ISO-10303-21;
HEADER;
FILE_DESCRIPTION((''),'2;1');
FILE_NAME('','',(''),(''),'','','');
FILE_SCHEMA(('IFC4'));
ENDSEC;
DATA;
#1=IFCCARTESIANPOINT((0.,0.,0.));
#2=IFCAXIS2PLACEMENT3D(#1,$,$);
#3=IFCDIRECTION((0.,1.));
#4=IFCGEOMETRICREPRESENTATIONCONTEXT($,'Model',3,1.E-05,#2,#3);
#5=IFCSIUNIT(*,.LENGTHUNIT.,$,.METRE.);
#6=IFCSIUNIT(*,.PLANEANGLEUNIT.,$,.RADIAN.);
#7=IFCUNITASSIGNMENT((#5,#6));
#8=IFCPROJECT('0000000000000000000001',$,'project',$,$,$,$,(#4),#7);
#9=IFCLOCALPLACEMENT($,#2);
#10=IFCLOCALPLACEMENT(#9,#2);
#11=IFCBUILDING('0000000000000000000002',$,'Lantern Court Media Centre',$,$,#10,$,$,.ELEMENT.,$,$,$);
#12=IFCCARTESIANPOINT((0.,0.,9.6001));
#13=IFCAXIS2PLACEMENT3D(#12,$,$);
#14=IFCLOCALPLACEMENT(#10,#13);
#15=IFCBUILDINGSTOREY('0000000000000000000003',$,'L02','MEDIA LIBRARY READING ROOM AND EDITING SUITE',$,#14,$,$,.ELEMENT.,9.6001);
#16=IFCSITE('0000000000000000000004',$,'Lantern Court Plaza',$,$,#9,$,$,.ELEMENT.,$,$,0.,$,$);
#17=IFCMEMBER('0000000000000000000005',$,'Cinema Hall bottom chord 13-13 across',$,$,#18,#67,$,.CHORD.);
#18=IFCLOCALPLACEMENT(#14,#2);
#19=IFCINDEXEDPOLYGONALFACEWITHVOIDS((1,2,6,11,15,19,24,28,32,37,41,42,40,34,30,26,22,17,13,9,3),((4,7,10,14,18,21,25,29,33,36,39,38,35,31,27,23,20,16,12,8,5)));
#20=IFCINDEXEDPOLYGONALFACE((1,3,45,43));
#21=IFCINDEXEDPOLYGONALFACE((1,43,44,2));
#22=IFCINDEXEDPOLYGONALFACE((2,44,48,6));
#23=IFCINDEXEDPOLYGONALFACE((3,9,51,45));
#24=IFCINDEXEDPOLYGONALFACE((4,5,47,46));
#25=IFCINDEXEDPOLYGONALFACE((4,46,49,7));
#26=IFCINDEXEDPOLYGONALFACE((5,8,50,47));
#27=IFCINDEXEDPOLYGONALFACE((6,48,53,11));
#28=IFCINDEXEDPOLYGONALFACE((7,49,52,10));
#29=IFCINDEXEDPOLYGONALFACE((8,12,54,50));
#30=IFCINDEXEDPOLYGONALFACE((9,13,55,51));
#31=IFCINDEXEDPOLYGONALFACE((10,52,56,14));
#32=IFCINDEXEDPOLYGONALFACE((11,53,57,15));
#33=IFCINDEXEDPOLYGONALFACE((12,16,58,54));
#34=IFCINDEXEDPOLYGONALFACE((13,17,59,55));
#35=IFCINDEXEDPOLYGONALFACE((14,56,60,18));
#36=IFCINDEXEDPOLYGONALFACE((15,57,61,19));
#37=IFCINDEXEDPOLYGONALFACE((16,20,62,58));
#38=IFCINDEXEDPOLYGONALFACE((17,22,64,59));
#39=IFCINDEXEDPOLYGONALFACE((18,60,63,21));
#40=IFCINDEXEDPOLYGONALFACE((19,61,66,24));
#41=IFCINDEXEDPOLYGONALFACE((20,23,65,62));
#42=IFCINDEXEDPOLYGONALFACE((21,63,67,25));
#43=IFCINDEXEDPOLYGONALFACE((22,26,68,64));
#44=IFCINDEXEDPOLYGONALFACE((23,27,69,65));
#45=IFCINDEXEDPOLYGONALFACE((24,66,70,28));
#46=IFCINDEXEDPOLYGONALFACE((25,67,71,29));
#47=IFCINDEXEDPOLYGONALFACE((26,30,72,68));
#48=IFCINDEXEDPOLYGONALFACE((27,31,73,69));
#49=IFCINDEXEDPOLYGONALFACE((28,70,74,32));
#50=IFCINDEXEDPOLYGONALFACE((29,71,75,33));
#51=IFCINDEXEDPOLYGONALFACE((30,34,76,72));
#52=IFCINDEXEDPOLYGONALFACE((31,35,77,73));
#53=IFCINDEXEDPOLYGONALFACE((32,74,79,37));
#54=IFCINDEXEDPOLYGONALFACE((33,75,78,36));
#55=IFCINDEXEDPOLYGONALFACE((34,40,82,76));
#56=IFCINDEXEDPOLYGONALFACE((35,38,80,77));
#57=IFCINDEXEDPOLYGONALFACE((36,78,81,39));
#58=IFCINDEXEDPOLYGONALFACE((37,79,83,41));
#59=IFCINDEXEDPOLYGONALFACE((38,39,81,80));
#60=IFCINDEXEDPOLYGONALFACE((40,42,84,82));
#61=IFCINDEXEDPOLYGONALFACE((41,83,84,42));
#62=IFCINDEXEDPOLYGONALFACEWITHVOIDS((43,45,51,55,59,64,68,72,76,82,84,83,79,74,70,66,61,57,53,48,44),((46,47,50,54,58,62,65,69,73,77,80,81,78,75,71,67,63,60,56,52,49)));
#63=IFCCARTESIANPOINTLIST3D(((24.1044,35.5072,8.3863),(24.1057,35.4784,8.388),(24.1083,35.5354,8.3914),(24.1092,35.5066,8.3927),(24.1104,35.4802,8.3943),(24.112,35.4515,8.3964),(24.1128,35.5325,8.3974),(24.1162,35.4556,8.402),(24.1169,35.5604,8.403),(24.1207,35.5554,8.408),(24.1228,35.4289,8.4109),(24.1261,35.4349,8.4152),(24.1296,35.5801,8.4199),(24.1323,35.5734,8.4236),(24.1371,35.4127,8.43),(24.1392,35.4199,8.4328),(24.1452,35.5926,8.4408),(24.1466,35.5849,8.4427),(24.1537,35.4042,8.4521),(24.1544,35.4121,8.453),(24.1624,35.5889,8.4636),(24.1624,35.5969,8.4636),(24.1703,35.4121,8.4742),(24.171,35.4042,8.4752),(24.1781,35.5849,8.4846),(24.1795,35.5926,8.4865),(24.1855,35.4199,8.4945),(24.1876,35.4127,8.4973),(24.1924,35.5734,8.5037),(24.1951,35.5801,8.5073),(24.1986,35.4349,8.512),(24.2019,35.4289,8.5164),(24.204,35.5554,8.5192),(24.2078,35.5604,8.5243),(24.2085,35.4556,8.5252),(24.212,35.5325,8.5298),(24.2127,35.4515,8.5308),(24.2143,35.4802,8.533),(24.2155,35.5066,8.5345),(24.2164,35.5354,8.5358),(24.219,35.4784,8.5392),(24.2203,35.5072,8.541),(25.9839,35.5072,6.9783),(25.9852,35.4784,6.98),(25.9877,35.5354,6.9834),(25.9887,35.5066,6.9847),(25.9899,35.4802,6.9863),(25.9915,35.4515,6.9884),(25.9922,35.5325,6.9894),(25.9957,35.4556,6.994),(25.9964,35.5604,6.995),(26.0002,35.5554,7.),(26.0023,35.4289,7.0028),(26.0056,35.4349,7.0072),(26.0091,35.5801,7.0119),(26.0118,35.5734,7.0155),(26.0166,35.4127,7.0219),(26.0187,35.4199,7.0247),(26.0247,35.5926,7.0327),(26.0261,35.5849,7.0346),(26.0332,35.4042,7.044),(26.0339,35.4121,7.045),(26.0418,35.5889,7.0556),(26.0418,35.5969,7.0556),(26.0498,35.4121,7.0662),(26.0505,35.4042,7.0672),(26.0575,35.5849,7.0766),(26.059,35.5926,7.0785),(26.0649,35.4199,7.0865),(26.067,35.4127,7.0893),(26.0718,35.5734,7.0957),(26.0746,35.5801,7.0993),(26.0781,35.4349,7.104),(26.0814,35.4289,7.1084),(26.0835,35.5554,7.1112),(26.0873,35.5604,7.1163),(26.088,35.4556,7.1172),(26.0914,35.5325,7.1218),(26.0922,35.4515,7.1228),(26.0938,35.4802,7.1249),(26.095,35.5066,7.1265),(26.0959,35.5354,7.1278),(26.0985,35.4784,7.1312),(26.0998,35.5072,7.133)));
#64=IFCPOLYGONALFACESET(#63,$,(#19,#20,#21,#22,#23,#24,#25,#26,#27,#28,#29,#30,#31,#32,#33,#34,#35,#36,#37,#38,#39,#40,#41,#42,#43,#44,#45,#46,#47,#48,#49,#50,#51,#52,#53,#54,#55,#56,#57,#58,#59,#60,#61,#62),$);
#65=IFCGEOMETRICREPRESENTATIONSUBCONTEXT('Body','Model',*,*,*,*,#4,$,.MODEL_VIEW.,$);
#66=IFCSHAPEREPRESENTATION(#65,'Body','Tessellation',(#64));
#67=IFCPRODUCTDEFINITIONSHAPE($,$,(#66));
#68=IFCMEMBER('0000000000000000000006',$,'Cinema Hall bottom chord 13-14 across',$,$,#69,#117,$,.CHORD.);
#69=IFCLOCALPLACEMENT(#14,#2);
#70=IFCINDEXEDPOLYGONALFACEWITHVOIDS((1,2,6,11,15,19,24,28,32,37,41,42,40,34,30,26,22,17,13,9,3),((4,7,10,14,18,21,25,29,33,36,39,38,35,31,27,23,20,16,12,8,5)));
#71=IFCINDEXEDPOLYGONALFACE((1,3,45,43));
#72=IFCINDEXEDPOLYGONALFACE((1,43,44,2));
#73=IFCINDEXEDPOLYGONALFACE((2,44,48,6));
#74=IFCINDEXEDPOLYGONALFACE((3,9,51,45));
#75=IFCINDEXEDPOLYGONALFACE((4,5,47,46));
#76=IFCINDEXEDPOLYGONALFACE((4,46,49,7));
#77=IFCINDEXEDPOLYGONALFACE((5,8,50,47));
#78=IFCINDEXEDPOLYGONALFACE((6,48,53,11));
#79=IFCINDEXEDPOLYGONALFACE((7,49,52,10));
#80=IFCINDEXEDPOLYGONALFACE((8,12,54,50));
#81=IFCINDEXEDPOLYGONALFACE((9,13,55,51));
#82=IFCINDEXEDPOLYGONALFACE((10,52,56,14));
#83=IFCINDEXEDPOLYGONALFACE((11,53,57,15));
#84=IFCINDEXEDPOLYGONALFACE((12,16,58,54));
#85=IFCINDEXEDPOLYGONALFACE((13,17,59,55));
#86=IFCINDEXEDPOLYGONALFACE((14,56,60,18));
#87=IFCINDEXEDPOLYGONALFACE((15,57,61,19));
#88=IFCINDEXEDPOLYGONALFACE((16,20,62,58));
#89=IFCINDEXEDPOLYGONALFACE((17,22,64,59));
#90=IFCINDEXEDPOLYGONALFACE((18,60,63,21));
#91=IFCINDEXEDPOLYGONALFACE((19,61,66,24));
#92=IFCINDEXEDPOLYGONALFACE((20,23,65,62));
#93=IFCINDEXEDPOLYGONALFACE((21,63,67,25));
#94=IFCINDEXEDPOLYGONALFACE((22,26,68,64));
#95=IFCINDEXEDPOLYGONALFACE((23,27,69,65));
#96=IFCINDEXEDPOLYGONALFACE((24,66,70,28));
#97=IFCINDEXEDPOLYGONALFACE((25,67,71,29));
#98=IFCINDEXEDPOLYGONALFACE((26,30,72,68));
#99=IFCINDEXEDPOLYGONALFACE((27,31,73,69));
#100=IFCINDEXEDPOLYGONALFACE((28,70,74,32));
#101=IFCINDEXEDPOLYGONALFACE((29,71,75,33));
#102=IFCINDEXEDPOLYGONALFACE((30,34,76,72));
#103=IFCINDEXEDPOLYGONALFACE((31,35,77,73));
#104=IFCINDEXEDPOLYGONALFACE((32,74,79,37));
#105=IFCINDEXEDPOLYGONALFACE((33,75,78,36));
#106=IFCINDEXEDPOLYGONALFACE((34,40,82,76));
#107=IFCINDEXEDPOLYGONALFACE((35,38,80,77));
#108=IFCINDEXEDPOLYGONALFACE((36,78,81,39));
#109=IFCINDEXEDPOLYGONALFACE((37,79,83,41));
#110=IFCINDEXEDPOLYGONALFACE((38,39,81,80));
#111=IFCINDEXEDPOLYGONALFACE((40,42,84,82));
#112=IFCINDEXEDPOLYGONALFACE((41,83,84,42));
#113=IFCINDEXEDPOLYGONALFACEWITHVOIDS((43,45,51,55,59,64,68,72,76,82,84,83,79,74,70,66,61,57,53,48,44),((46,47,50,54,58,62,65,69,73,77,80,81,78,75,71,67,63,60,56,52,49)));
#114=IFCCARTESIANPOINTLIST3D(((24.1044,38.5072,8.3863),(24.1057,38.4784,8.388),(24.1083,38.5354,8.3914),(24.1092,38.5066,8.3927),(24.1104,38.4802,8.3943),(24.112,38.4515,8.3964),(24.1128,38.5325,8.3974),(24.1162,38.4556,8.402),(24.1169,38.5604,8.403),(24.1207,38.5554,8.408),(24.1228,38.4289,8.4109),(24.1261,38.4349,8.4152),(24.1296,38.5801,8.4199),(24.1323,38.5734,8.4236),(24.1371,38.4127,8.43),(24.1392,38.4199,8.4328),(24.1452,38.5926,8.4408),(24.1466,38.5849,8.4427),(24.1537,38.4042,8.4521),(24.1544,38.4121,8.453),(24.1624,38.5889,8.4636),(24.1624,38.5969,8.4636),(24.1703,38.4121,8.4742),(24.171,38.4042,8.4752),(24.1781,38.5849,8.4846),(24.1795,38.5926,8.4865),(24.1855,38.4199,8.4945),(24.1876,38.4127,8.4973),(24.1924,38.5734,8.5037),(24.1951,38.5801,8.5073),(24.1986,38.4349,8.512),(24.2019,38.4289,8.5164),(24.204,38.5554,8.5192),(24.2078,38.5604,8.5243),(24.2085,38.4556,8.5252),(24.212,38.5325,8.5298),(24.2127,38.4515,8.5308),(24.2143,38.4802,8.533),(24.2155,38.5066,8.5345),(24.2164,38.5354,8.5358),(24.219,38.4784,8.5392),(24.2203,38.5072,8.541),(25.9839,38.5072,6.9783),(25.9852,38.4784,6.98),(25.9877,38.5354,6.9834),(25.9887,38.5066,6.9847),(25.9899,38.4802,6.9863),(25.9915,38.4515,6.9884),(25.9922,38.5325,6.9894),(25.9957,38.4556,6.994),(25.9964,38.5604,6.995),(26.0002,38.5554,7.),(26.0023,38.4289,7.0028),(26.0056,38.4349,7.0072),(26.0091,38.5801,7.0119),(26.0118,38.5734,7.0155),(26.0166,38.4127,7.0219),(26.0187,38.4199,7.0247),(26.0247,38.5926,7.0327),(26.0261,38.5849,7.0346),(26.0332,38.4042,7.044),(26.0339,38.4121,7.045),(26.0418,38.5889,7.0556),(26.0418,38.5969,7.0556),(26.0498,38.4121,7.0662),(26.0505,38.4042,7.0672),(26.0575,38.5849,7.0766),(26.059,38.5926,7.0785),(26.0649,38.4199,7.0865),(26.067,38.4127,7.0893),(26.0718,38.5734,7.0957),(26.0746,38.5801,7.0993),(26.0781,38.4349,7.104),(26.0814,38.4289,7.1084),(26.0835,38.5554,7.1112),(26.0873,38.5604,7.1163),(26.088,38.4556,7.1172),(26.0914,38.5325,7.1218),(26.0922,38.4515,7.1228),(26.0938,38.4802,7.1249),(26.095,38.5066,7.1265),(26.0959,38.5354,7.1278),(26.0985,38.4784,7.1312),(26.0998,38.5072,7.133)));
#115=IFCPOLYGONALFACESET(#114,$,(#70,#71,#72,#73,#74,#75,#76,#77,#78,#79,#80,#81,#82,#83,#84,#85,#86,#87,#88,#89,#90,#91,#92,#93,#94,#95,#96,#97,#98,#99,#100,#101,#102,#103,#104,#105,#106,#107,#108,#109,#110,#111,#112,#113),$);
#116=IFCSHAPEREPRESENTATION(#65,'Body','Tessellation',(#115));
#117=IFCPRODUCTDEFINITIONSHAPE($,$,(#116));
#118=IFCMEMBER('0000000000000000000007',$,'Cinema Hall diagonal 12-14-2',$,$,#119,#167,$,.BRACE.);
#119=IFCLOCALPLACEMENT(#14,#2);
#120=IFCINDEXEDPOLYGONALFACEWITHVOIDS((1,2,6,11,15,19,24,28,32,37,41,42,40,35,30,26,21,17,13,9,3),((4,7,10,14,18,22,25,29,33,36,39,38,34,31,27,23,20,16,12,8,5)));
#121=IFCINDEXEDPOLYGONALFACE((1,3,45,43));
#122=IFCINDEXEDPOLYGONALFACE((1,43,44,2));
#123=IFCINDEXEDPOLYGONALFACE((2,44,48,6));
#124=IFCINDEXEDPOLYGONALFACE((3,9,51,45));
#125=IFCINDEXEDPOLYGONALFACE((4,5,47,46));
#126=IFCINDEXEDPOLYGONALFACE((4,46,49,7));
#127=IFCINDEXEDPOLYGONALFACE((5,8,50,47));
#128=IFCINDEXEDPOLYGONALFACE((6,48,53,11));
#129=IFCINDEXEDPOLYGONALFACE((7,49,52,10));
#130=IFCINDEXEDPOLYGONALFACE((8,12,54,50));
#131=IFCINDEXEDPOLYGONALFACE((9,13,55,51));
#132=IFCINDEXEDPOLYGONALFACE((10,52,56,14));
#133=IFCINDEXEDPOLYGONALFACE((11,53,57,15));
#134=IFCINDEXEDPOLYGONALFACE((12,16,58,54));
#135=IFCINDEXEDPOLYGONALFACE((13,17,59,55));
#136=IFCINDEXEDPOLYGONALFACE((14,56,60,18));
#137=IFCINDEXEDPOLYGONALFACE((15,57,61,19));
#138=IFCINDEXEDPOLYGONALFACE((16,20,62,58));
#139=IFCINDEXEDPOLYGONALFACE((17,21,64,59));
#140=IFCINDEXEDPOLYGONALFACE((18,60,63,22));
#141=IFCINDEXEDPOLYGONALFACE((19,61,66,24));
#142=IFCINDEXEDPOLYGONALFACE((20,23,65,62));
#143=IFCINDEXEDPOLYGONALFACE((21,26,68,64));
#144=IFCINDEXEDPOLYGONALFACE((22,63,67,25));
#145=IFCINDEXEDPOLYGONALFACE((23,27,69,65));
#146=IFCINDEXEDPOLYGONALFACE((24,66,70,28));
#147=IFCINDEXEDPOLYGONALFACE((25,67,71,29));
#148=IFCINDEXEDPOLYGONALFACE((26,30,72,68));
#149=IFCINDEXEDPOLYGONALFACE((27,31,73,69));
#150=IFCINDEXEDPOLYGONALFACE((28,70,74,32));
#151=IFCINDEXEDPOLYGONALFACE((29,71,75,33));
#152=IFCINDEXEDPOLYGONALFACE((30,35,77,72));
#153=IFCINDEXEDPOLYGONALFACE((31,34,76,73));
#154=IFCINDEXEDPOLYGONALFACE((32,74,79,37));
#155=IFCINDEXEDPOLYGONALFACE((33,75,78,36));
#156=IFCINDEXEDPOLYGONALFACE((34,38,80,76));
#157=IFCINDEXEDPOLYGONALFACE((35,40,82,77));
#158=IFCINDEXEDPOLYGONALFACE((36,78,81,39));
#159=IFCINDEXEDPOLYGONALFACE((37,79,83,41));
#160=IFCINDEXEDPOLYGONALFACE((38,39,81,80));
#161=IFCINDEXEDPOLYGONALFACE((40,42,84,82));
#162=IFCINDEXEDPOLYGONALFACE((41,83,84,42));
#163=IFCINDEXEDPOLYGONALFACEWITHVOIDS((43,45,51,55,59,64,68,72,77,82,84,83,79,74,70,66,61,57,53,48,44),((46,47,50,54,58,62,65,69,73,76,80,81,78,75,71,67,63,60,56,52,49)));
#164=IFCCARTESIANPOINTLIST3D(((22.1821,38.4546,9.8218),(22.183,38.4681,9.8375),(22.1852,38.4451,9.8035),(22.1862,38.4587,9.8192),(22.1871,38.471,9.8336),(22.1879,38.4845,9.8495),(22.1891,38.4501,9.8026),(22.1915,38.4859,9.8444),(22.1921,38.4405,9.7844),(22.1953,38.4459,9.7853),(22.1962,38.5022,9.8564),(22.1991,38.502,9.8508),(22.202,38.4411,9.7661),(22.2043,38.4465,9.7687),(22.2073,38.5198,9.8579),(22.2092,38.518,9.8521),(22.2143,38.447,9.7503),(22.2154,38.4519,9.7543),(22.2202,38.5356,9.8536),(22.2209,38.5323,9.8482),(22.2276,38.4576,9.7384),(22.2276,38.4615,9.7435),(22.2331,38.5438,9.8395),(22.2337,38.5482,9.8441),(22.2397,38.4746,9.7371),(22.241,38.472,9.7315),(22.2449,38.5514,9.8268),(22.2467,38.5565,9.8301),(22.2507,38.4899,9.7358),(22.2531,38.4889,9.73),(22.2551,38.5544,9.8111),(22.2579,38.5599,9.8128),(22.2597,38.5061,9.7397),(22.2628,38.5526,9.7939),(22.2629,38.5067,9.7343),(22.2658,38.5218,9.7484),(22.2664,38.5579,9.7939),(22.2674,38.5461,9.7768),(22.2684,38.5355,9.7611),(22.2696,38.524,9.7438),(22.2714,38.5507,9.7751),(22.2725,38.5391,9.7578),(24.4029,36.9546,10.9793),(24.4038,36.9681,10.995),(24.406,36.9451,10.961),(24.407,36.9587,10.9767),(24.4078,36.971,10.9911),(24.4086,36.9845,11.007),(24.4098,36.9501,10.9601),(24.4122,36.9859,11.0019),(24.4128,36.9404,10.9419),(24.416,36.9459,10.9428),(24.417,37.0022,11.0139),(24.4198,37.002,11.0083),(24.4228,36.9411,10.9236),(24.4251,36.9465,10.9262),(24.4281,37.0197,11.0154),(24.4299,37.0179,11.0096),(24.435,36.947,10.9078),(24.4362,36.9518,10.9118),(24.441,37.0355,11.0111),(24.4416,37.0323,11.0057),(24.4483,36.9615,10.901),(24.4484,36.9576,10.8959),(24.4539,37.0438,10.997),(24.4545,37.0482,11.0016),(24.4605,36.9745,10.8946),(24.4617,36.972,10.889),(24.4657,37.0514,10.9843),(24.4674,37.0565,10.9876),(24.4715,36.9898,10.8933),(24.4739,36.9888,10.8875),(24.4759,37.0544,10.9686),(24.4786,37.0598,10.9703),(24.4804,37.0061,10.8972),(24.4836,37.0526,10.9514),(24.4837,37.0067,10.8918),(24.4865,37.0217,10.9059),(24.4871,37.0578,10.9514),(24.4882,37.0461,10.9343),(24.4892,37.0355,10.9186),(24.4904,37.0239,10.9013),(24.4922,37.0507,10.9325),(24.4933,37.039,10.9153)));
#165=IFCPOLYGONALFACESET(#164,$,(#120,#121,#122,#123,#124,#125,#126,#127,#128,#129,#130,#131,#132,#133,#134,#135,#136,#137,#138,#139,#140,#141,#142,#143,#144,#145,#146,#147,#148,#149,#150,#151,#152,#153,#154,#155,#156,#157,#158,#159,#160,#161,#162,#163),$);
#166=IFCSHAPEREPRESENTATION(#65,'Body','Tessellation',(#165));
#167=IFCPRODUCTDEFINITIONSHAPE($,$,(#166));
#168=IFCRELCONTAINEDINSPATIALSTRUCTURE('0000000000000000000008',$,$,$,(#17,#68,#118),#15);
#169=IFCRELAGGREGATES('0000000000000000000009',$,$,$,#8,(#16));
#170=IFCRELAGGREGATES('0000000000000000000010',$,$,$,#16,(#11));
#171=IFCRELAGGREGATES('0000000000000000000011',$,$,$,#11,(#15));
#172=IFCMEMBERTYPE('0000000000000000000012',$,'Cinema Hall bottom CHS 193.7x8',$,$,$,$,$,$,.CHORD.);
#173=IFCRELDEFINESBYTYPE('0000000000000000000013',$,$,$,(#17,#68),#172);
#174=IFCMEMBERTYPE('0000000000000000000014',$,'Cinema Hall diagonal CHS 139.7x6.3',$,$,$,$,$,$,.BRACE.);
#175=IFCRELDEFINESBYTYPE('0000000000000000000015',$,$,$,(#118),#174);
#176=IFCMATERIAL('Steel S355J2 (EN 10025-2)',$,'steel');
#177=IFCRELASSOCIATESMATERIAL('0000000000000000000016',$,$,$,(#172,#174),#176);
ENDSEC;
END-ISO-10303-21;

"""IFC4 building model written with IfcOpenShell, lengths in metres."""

from ifc_helpers import new_model, si_unit, direction, frame, origin, origin_2d, place, context, subcontext, project, spatial, hollow_circle, extrude, material, material_profile, profile_set, type_object, element, save


model = new_model("IFC4")

# Units and contexts
model_context = context("Model", 3, precision=1e-05, world=origin(), true_north=direction((0.0, 1.0)))
body_context = subcontext(model_context, "Body", "Model", "MODEL_VIEW")
ifc_project = project(units=[si_unit("LENGTHUNIT", "METRE"), si_unit("PLANEANGLEUNIT", "RADIAN")], contexts=[model_context])

# Site, building, storey
site_placement = place(None, origin())
site = spatial("IfcSite", under=ifc_project, at=site_placement, Name="Lantern Court Plaza", CompositionType="ELEMENT", RefElevation=0.0)
building_placement = place(site_placement, origin())
building = spatial("IfcBuilding", under=site, at=building_placement, Name="Lantern Court Media Centre", CompositionType="ELEMENT")
storey_placement = place(building_placement, frame((0.0, 0.0, 9.6001)))
storey = spatial("IfcBuildingStorey", under=building, at=storey_placement, Name="L02", Description="MEDIA LIBRARY READING ROOM AND EDITING SUITE", CompositionType="ELEMENT", Elevation=9.6001)

# Members
ifc_material = material(Name="Steel S355J2 (EN 10025-2)", Category="steel")
ifc_material_profile_1 = material_profile(ifc_material, hollow_circle(Radius=0.0969, WallThickness=0.0081, at=origin_2d()), Name="Cinema Hall bottom CHS 193.7x8")
ifc_profile_set_1 = profile_set([ifc_material_profile_1], Name="Steel S355J2 (EN 10025-2)")
member_type_1 = type_object("IfcMemberType", Name="Cinema Hall bottom CHS 193.7x8", PredefinedType="CHORD", material=ifc_profile_set_1)
for number, where, z_axis, x_axis, name in (
    (1, (24.1624, 35.5, 8.4636), (0.800324, 0.0, -0.599567), (0.0, 1.0, 0.0), "Cinema Hall bottom chord 13-13 across"),
    (2, (24.1624, 38.5, 8.4636), (0.800324, 0.0, -0.599567), (0.0, 1.0, 0.0), "Cinema Hall bottom chord 13-14 across"),
):
    element("IfcMember", number, at=place(storey_placement, frame(where, z_axis=z_axis, x_axis=x_axis)), inside=storey, type_object=member_type_1, Name=name, PredefinedType="CHORD", context=body_context, shape_type="SweptSolid", body=[
        extrude(hollow_circle(Radius=0.0969, WallThickness=0.0081, at=origin_2d()), origin(), (0.0, 0.0, 1.0), 2.3484),
    ])
ifc_material_profile_2 = material_profile(ifc_material, hollow_circle(Radius=0.0698, WallThickness=0.0063, at=origin_2d()), Name="Cinema Hall diagonal CHS 139.7x6.3")
ifc_profile_set_2 = profile_set([ifc_material_profile_2], Name="Steel S355J2 (EN 10025-2)")
member_type_2 = type_object("IfcMemberType", Name="Cinema Hall diagonal CHS 139.7x6.3", PredefinedType="BRACE", material=ifc_profile_set_2)
for number, where, z_axis, x_axis, name in (
    (3, (22.2273, 38.5, 9.7939), (0.760744, -0.513854, 0.396514), (0.559736, 0.828671, 0.0), "Cinema Hall diagonal 12-14-2"),
):
    element("IfcMember", number, at=place(storey_placement, frame(where, z_axis=z_axis, x_axis=x_axis)), inside=storey, type_object=member_type_2, Name=name, PredefinedType="BRACE", context=body_context, shape_type="SweptSolid", body=[
        extrude(hollow_circle(Radius=0.0698, WallThickness=0.0063, at=origin_2d()), origin(), (0.0, 0.0, 1.0), 2.9192),
    ])

save(model, "model.ifc")
